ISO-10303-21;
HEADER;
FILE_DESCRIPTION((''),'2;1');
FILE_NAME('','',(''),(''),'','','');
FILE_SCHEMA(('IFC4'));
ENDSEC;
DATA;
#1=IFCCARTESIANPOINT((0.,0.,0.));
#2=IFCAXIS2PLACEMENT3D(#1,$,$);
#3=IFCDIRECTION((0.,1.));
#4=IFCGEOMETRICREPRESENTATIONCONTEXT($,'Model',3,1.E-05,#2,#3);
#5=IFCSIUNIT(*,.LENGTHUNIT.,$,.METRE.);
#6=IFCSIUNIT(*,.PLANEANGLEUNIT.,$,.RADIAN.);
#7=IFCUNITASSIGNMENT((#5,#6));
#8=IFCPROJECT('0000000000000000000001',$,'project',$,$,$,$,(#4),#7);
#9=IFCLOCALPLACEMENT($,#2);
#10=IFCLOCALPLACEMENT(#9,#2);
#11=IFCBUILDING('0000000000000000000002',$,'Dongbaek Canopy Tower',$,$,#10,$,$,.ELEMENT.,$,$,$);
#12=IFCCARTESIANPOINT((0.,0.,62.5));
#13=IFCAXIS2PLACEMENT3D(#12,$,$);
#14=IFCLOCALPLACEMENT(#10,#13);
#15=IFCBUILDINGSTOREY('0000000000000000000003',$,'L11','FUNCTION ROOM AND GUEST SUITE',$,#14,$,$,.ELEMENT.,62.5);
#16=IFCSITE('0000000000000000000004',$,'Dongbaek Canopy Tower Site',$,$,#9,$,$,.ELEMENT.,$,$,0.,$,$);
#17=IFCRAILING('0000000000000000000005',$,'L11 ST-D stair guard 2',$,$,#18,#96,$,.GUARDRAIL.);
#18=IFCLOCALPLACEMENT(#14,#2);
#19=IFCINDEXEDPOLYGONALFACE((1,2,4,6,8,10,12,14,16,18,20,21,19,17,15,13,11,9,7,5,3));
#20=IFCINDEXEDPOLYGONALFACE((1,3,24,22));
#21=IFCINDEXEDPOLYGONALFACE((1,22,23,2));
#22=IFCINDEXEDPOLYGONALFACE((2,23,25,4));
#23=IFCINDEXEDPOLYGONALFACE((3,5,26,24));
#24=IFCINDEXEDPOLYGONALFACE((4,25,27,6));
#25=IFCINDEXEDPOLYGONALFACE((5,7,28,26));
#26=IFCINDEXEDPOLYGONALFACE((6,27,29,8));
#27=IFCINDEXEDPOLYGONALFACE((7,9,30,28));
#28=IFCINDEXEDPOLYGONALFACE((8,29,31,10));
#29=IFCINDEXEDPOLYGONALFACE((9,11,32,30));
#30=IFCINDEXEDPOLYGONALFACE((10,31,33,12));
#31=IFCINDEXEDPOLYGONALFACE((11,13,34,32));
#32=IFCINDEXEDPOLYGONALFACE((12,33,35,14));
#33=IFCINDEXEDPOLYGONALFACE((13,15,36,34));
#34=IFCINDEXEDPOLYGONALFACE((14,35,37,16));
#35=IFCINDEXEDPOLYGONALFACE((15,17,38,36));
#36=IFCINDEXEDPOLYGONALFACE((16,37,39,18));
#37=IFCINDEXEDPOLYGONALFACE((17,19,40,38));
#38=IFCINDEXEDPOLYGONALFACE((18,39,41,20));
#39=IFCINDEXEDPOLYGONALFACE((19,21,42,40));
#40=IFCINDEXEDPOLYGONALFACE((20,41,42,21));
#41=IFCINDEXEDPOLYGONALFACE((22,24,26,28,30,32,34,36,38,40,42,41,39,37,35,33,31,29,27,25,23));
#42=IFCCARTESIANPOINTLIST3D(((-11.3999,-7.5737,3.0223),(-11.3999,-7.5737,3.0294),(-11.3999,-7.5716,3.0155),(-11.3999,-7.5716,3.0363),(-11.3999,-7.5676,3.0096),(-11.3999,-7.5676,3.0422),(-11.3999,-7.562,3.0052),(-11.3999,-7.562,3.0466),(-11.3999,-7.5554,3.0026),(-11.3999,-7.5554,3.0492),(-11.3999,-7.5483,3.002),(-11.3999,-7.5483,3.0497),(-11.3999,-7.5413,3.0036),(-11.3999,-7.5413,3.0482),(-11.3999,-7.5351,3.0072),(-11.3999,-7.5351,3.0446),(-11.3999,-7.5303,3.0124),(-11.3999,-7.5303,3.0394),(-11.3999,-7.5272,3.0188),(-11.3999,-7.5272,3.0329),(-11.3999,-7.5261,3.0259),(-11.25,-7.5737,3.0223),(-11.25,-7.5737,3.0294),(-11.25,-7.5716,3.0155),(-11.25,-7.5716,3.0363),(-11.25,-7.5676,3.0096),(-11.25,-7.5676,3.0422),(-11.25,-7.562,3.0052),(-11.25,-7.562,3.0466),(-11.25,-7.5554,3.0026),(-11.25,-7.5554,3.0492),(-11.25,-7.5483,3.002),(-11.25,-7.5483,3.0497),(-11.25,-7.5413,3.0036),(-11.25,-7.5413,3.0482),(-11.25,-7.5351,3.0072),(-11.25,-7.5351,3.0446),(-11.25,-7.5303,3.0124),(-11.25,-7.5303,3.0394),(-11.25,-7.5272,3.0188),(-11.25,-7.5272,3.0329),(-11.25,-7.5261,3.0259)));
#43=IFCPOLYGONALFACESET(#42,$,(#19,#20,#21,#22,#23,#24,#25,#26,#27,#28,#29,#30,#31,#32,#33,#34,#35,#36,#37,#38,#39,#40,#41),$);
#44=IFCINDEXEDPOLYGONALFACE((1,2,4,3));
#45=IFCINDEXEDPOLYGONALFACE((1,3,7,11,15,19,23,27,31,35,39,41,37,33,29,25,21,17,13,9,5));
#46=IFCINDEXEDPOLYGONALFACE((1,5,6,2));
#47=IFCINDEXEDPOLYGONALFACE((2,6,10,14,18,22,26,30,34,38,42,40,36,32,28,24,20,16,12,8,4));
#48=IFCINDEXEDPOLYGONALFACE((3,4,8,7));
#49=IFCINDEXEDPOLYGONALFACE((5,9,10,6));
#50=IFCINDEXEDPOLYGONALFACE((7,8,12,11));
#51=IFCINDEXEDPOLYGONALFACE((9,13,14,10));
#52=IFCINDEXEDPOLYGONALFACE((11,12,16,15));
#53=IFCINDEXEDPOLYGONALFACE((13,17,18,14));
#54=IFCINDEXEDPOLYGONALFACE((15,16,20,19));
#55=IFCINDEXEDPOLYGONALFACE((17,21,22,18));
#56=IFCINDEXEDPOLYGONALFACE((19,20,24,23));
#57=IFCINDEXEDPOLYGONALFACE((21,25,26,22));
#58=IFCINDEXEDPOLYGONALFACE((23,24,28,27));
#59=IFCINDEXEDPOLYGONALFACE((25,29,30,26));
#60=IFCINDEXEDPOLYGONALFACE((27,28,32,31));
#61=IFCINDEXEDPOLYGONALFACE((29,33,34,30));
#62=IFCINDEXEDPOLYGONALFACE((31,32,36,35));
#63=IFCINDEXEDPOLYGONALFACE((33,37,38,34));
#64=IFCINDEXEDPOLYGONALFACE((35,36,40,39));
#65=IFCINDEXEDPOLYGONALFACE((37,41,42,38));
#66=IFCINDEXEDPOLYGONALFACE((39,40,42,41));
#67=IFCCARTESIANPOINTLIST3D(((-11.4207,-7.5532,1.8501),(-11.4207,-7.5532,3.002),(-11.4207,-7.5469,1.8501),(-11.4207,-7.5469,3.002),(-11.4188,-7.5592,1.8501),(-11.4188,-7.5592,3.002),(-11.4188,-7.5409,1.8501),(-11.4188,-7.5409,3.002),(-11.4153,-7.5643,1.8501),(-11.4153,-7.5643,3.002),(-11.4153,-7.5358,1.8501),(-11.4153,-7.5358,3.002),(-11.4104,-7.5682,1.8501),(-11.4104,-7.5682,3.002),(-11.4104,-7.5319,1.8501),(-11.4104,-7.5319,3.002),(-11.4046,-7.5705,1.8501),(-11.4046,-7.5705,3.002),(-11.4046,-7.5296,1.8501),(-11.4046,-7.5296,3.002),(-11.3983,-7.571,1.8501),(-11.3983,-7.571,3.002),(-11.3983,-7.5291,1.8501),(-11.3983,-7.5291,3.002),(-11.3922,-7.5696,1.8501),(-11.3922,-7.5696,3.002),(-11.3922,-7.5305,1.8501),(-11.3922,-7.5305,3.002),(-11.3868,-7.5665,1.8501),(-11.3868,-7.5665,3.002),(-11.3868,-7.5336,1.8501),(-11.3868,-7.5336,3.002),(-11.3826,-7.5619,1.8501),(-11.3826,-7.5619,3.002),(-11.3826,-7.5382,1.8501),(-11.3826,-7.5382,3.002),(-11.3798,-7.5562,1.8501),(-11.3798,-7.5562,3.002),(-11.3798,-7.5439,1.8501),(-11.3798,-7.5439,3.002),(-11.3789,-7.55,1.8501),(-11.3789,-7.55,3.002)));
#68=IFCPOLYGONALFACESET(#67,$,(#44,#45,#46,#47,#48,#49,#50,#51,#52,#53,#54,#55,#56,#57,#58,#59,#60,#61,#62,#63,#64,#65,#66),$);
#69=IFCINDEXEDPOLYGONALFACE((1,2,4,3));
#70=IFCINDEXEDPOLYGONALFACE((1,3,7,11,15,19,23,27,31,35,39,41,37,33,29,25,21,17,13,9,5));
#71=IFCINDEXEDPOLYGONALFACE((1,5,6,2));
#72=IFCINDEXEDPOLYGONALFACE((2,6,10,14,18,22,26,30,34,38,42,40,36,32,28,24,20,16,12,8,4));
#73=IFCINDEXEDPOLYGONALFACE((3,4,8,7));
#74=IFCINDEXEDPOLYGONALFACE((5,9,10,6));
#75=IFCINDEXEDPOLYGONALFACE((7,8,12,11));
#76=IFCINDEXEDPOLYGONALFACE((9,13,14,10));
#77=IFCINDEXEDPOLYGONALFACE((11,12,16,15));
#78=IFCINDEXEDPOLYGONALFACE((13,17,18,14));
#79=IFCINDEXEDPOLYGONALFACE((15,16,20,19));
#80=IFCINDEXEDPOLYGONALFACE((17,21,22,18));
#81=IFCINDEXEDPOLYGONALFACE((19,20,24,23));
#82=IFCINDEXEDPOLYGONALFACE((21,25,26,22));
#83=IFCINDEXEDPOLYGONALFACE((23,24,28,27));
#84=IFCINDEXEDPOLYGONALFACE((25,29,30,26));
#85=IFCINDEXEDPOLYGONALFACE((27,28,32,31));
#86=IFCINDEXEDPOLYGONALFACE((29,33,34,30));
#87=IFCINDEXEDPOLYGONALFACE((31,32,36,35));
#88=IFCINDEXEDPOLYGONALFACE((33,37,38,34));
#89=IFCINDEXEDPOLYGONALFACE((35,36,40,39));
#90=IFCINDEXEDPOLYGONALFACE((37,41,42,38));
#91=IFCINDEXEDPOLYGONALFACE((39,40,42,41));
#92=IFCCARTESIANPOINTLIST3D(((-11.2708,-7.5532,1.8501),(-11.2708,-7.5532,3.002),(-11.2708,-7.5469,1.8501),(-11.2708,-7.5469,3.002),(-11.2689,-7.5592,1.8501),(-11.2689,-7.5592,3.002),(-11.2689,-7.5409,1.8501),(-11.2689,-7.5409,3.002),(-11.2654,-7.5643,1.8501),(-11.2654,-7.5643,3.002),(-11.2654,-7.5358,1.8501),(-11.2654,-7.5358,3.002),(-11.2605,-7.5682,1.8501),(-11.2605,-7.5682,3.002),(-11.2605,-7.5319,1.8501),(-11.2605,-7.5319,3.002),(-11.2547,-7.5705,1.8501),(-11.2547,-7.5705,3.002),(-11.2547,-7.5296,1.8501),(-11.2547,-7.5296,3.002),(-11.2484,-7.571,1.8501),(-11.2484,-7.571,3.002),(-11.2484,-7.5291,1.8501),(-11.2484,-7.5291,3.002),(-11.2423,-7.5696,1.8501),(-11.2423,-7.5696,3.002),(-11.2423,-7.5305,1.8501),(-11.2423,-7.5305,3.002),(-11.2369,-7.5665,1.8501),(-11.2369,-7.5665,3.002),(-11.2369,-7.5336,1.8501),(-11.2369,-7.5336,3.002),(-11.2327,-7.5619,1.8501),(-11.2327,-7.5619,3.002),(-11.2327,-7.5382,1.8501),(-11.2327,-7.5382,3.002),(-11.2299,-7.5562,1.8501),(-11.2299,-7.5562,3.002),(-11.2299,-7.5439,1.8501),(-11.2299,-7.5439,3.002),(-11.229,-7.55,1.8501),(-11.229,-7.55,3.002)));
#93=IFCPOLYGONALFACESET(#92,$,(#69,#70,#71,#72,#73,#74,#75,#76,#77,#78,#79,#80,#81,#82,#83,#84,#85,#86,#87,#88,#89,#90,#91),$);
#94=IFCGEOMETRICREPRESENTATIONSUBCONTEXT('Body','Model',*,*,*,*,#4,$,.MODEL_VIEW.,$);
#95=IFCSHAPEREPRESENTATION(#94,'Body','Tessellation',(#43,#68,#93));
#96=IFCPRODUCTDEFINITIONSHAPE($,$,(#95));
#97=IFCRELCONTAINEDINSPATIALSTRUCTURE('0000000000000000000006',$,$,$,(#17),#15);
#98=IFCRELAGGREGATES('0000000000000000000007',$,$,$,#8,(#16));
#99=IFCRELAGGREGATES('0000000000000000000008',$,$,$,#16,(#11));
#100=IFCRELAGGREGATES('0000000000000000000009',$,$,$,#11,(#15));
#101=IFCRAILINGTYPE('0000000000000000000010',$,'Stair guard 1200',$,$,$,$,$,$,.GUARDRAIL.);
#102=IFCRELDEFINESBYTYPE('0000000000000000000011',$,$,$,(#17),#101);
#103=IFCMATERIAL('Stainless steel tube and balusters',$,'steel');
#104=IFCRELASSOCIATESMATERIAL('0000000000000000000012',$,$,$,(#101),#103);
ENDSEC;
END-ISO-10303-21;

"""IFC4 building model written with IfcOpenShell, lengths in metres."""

from ifc_helpers import new_model, si_unit, direction, frame, origin, origin_2d, place, context, subcontext, project, spatial, circle, extrude, material, type_object, element, save


model = new_model("IFC4")

# Units and contexts
model_context = context("Model", 3, precision=1e-05, world=origin(), true_north=direction((0.0, 1.0)))
body_context = subcontext(model_context, "Body", "Model", "MODEL_VIEW")
ifc_project = project(units=[si_unit("LENGTHUNIT", "METRE"), si_unit("PLANEANGLEUNIT", "RADIAN")], contexts=[model_context])

# Site, building, storey
site_placement = place(None, origin())
site = spatial("IfcSite", under=ifc_project, at=site_placement, Name="Dongbaek Canopy Tower Site", CompositionType="ELEMENT", RefElevation=0.0)
building_placement = place(site_placement, origin())
building = spatial("IfcBuilding", under=site, at=building_placement, Name="Dongbaek Canopy Tower", CompositionType="ELEMENT")
storey_placement = place(building_placement, frame((0.0, 0.0, 62.5)))
storey = spatial("IfcBuildingStorey", under=building, at=storey_placement, Name="L11", Description="FUNCTION ROOM AND GUEST SUITE", CompositionType="ELEMENT", Elevation=62.5)

# Railing
ifc_material_1 = material(Name="Stainless steel tube and balusters", Category="steel")
railing_type_1 = type_object("IfcRailingType", Name="Stair guard 1200", PredefinedType="GUARDRAIL", material=ifc_material_1)
railing_1_placement = place(storey_placement, frame((-11.3999, -7.55, 1.8501)))
element("IfcRailing", 1, at=railing_1_placement, inside=storey, type_object=railing_type_1, Name="L11 ST-D stair guard 2", PredefinedType="GUARDRAIL", context=body_context, shape_type="SweptSolid", body=[
    extrude(circle(Radius=0.0239, at=origin_2d()), frame((0.0, 0.0, 1.1758), z_axis=(1.0, 0.0, 0.0), x_axis=(0.0, 1.0, 0.0)), (0.0, 0.0, 1.0), 0.1499),
    extrude(circle(Radius=0.021, at=origin_2d()), origin(), (0.0, 0.0, 1.0), 1.1519),
    extrude(circle(Radius=0.021, at=origin_2d()), frame((0.1499, 0.0, 0.0)), (0.0, 0.0, 1.0), 1.1519),
])

save(model, "model.ifc")
